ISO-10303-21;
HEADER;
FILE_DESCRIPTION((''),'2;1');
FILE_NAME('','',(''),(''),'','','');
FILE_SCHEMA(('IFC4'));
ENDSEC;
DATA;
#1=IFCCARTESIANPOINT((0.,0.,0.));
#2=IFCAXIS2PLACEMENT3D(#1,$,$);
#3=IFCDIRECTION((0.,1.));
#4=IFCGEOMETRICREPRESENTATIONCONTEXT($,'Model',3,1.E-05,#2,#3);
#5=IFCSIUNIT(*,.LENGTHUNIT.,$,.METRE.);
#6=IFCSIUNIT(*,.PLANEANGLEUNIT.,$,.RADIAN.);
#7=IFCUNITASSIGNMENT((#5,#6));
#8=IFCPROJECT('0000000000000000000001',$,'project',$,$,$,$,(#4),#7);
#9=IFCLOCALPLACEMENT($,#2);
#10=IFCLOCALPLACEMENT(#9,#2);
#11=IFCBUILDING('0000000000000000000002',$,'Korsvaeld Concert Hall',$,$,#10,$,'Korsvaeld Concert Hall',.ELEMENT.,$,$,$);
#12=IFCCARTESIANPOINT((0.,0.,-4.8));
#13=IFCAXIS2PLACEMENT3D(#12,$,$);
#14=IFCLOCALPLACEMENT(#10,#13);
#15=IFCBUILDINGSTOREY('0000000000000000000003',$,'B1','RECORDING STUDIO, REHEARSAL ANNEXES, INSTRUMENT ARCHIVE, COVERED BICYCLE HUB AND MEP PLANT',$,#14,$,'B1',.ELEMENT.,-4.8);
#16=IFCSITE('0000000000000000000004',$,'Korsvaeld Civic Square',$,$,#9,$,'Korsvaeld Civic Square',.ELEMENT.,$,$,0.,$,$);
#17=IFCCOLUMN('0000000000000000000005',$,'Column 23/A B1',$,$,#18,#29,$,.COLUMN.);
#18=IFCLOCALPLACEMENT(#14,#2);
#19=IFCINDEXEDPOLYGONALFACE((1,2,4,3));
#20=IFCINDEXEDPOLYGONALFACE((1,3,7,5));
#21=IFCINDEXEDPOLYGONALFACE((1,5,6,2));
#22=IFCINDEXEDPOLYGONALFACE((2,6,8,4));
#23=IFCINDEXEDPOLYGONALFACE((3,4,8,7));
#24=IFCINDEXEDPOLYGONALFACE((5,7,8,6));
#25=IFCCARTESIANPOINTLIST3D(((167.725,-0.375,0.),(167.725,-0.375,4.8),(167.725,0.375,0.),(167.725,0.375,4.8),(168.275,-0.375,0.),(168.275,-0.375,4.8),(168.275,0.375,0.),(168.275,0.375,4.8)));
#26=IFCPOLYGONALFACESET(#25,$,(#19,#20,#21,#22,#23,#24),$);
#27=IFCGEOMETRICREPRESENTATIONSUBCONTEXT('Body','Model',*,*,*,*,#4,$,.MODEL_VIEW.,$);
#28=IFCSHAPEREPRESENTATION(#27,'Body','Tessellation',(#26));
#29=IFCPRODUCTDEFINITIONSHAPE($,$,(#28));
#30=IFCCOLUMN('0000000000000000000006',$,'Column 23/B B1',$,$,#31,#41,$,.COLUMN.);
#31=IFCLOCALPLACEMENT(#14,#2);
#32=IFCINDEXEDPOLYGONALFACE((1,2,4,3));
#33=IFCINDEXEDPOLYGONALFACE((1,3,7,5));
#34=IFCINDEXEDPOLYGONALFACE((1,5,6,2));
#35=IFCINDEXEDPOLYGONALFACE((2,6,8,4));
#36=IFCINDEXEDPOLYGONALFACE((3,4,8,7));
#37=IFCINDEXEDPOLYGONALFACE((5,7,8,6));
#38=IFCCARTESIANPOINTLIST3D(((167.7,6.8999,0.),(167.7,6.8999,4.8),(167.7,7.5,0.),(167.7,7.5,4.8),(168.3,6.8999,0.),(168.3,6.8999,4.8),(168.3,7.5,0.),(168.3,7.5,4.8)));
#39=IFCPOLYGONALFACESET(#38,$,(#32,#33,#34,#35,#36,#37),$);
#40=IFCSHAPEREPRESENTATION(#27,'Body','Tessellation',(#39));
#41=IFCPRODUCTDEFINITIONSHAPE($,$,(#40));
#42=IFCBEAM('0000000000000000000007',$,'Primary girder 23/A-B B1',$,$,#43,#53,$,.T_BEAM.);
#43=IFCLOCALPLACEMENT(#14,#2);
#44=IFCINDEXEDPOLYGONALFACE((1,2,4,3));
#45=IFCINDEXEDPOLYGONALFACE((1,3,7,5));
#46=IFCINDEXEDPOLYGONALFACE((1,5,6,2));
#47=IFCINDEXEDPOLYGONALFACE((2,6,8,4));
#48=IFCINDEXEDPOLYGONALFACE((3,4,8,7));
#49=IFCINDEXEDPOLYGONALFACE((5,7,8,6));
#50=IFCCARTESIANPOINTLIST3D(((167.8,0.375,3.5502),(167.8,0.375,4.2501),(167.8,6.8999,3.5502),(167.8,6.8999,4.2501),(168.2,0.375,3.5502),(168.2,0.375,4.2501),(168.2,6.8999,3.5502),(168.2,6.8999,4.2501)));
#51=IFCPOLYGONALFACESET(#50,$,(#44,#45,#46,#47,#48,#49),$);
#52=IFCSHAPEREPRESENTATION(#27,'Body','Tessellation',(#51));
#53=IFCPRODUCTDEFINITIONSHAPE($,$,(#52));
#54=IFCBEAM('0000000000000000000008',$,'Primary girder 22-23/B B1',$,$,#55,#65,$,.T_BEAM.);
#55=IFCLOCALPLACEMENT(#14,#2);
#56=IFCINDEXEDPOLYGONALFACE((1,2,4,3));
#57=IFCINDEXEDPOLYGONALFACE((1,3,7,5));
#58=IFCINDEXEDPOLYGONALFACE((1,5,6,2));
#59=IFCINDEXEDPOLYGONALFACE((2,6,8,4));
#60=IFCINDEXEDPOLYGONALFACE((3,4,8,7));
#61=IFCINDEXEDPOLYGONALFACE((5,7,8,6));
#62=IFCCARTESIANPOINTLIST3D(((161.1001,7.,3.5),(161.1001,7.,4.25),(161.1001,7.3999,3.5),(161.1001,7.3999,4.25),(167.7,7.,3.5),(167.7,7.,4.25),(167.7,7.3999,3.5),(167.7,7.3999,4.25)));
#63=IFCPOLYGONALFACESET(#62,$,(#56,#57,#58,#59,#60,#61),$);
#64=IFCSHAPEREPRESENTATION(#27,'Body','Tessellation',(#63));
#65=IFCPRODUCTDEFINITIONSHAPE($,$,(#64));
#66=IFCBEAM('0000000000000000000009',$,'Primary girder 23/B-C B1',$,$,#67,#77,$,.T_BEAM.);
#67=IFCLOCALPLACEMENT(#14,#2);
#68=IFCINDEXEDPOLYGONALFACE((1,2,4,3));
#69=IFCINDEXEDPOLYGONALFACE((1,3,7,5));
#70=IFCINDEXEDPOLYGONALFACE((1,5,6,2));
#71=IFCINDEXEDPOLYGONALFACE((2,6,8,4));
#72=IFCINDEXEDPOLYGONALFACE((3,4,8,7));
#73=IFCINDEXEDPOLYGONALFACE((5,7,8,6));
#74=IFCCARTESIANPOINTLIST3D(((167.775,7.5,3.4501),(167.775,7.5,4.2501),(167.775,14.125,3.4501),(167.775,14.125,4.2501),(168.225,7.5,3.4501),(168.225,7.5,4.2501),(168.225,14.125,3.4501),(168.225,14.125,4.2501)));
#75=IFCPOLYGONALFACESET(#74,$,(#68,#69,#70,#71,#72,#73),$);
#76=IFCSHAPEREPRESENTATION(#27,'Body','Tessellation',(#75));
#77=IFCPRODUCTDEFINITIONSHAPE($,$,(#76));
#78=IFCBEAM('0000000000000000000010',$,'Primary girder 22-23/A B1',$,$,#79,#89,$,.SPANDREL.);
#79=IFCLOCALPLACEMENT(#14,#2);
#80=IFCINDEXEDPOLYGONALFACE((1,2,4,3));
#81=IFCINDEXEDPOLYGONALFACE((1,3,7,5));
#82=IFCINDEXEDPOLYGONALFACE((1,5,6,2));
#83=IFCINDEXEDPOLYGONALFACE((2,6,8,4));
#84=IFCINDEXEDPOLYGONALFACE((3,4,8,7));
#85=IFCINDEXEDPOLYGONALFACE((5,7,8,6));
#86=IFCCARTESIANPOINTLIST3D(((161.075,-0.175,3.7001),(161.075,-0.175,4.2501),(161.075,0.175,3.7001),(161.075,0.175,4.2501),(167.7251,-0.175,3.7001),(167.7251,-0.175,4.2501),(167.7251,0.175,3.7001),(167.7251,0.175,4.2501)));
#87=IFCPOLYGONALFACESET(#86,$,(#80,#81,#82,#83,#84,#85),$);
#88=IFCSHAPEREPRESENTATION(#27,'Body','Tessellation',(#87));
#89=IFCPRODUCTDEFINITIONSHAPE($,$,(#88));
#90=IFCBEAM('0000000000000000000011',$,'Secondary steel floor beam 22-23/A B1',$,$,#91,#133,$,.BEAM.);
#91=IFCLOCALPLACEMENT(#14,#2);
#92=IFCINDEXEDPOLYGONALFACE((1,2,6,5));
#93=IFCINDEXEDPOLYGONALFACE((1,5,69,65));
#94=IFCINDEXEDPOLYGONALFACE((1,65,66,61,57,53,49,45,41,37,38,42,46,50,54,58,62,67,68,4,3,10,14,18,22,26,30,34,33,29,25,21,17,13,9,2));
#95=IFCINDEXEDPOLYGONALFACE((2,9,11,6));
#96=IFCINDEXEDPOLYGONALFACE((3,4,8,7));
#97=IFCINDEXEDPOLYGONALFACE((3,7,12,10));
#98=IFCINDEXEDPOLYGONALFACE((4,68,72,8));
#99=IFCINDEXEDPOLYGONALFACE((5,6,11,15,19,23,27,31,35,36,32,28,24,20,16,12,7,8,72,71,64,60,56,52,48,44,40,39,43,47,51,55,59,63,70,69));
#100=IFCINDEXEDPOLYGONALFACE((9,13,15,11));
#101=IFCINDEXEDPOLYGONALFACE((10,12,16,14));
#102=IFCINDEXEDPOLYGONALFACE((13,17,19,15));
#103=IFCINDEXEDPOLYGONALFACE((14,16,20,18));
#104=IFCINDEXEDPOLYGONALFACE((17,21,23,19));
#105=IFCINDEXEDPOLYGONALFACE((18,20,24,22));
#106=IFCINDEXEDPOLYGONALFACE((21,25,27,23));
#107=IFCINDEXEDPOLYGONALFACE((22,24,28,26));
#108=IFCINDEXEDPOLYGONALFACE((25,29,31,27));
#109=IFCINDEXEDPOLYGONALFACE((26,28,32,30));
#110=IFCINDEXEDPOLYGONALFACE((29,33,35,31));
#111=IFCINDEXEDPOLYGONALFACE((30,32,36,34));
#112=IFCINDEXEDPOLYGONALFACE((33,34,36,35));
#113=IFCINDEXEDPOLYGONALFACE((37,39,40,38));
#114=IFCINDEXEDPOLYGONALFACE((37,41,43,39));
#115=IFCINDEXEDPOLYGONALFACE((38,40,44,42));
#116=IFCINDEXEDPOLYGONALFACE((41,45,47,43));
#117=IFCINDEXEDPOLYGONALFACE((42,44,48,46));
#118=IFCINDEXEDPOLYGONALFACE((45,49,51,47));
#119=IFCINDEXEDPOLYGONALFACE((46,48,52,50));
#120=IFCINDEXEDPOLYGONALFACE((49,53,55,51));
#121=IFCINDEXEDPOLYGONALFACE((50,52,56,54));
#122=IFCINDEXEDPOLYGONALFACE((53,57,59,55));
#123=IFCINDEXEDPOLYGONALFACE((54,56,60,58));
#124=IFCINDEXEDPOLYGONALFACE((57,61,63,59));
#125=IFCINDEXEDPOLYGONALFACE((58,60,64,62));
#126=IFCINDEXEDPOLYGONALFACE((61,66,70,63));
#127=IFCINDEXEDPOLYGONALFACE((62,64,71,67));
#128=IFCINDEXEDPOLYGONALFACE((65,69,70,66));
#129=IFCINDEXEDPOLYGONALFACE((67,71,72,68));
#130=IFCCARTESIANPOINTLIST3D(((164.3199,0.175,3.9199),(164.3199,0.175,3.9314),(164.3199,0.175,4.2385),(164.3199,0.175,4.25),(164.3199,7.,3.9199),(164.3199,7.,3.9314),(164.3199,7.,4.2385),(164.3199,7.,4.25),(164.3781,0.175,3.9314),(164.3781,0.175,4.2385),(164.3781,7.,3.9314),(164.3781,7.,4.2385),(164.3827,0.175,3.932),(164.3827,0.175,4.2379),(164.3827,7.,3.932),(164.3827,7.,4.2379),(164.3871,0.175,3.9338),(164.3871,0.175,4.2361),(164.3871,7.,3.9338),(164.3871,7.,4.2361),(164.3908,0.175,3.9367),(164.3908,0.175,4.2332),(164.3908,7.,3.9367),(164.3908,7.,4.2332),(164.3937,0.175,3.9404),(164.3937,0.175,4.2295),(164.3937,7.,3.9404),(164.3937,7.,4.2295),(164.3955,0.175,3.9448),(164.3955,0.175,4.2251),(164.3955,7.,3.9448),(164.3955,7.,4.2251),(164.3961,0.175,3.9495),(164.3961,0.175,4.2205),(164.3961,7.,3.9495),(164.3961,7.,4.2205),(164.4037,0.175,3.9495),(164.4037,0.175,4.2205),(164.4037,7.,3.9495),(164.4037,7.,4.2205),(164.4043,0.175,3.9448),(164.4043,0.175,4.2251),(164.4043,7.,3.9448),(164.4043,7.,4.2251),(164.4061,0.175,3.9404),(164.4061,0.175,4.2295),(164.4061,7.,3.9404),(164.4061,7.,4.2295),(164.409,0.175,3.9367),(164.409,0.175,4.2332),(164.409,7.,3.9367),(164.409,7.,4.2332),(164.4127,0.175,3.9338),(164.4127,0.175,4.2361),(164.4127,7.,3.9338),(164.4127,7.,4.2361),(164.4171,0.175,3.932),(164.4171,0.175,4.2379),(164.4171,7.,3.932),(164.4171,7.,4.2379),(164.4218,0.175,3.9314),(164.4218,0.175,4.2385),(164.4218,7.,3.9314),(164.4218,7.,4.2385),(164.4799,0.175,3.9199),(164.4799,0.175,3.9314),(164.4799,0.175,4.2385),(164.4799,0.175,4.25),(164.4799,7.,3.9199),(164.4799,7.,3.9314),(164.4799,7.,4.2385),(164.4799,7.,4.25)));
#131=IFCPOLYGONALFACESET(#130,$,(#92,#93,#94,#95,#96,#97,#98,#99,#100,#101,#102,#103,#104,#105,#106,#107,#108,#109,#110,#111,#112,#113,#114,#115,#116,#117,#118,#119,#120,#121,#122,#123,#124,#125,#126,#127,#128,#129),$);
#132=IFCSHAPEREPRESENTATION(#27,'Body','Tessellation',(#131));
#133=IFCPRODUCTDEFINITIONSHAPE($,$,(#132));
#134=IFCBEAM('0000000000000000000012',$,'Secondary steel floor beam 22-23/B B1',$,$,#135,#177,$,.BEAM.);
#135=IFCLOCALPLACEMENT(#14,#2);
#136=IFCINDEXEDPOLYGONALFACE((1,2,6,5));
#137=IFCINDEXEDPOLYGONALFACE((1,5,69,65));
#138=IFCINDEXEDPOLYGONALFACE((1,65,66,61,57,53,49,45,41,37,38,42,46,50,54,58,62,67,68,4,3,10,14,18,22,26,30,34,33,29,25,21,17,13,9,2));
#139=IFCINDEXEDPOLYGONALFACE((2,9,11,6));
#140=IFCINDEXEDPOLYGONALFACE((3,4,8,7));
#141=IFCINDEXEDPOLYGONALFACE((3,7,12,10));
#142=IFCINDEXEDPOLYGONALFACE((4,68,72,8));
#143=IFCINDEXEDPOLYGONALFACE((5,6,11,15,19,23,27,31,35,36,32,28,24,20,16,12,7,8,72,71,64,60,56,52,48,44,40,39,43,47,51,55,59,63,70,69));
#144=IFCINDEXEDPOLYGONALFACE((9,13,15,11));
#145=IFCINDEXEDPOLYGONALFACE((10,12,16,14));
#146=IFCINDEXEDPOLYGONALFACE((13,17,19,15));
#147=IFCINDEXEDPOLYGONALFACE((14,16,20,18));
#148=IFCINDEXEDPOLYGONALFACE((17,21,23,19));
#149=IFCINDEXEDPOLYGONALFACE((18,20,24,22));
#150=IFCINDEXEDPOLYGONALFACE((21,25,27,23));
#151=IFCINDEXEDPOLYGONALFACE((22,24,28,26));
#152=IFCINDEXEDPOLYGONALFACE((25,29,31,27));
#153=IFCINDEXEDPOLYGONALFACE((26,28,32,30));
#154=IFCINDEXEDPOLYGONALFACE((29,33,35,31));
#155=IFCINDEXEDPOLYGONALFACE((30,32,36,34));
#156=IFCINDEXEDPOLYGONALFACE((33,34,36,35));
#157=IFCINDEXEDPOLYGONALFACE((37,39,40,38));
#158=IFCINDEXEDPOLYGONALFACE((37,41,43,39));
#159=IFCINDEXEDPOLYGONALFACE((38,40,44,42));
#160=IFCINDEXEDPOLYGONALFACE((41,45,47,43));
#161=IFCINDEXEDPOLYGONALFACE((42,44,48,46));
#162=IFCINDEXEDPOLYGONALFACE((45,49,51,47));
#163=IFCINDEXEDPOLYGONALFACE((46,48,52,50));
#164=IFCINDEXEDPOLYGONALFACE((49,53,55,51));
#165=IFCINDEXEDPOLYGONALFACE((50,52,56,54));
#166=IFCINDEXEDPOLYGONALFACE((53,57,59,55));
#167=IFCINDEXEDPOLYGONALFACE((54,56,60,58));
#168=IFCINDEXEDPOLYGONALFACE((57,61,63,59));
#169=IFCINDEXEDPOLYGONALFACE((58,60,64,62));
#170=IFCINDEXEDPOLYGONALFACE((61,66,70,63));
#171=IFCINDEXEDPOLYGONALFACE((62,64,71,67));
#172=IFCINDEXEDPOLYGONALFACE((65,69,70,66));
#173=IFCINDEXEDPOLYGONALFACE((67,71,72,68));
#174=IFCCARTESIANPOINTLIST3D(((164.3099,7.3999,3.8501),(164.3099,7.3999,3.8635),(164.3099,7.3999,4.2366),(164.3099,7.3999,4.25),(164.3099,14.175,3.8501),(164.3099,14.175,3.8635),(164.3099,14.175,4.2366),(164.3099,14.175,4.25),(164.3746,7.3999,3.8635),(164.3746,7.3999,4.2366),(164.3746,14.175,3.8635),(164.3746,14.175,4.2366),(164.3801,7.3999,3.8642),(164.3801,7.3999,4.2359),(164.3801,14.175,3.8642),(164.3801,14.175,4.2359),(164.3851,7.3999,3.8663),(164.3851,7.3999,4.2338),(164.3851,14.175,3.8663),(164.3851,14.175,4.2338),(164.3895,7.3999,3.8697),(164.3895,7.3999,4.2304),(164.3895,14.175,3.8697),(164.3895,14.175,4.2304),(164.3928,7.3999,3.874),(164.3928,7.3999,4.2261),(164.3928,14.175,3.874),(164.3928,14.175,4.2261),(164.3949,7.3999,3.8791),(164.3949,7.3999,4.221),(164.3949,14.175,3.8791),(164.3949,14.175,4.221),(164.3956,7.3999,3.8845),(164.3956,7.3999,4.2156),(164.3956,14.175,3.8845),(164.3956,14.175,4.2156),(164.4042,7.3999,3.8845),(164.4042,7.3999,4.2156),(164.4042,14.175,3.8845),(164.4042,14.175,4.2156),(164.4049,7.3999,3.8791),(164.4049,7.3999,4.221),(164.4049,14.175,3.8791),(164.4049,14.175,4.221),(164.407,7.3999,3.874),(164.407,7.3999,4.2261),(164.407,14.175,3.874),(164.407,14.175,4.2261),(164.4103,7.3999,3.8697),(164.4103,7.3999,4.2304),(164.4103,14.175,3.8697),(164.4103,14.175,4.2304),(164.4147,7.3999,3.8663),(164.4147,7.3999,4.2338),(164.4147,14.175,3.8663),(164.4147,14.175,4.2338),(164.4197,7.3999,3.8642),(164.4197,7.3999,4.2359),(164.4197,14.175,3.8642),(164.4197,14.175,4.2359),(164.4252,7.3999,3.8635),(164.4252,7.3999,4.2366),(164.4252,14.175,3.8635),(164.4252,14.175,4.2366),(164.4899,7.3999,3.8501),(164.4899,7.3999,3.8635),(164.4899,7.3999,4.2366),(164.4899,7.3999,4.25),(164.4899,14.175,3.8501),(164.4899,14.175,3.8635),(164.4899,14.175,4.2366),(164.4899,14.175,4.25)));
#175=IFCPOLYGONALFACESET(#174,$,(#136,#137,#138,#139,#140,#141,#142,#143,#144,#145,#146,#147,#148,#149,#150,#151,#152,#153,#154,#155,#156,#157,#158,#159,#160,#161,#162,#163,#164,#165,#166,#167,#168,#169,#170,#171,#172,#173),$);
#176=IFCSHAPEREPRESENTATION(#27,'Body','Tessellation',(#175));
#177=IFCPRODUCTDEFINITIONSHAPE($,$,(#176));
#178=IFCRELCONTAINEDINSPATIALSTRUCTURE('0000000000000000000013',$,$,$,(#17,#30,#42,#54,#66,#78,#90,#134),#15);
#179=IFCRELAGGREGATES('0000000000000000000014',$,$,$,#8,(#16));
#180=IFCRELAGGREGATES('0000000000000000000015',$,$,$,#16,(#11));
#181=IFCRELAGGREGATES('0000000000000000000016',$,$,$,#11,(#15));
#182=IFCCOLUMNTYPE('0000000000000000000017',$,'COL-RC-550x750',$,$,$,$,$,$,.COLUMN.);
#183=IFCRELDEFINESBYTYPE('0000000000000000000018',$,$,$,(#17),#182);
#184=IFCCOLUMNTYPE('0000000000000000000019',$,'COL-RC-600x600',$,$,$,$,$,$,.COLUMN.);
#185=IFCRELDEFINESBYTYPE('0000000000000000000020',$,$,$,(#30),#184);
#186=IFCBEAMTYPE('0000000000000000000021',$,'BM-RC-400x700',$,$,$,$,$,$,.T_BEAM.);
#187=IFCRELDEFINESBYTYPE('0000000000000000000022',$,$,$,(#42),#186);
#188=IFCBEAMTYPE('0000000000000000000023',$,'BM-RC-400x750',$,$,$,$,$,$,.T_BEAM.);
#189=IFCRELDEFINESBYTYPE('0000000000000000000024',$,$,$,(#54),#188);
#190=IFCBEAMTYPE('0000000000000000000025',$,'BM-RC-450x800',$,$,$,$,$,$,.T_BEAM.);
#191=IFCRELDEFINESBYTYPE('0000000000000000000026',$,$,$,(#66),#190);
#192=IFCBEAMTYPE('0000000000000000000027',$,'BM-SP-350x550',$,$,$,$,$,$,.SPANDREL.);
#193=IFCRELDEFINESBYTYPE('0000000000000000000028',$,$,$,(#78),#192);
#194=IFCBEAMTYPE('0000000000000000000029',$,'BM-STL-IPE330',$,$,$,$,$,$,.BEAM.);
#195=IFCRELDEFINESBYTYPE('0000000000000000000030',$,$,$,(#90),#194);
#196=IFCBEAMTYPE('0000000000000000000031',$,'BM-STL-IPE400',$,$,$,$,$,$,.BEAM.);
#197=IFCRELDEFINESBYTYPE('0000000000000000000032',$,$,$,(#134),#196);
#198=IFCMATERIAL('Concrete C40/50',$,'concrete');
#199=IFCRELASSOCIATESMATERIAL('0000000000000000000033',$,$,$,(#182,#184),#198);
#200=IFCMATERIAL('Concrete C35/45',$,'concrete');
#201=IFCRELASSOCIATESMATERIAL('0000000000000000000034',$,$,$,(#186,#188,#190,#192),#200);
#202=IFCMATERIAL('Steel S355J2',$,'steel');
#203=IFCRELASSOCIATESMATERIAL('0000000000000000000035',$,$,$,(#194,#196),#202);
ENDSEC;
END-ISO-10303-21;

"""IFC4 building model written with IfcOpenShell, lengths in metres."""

from ifc_helpers import new_model, si_unit, direction, frame, origin, origin_2d, place, context, subcontext, project, spatial, rectangle, i_section, extrude, material, material_profile, profile_set, type_object, element, save


model = new_model("IFC4")

# Units and contexts
model_context = context("Model", 3, precision=1e-05, world=origin(), true_north=direction((0.0, 1.0)))
body_context = subcontext(model_context, "Body", "Model", "MODEL_VIEW")
ifc_project = project(units=[si_unit("LENGTHUNIT", "METRE"), si_unit("PLANEANGLEUNIT", "RADIAN")], contexts=[model_context])

# Site, building, storey
site_placement = place(None, origin())
site = spatial("IfcSite", under=ifc_project, at=site_placement, Name="Korsvaeld Civic Square", LongName="Korsvaeld Civic Square", CompositionType="ELEMENT", RefElevation=0.0)
building_placement = place(site_placement, origin())
building = spatial("IfcBuilding", under=site, at=building_placement, Name="Korsvaeld Concert Hall", LongName="Korsvaeld Concert Hall", CompositionType="ELEMENT")
storey_placement = place(building_placement, frame((0.0, 0.0, -4.8)))
storey = spatial("IfcBuildingStorey", under=building, at=storey_placement, Name="B1", Description="RECORDING STUDIO, REHEARSAL ANNEXES, INSTRUMENT ARCHIVE, COVERED BICYCLE HUB AND MEP PLANT", LongName="B1", CompositionType="ELEMENT", Elevation=-4.8)

# Shared definitions
ifc_material_1 = material(Name="Concrete C35/45", Category="concrete")

# Columns
ifc_material_2 = material(Name="Concrete C40/50", Category="concrete")
ifc_material_profile_1 = material_profile(ifc_material_2, rectangle(XDim=0.55, YDim=0.75, at=origin_2d()), Name="RC 550x750")
ifc_profile_set_1 = profile_set([ifc_material_profile_1], Name="Concrete C40/50")
column_type_1 = type_object("IfcColumnType", Name="COL-RC-550x750", PredefinedType="COLUMN", material=ifc_profile_set_1)
column_1_placement = place(storey_placement, frame((168.0, 0.0, 0.0), z_axis=(0.0, 0.0, 1.0), x_axis=(1.0, 0.0, 0.0)))
element("IfcColumn", 1, at=column_1_placement, inside=storey, type_object=column_type_1, Name="Column 23/A B1", PredefinedType="COLUMN", context=body_context, shape_type="SweptSolid", body=[
    extrude(rectangle(XDim=0.55, YDim=0.75, at=origin_2d()), origin(), (0.0, 0.0, 1.0), 4.8),
])
ifc_material_profile_2 = material_profile(ifc_material_2, rectangle(XDim=0.6001, YDim=0.6001, at=origin_2d()), Name="RC 600x600")
ifc_profile_set_2 = profile_set([ifc_material_profile_2], Name="Concrete C40/50")
column_type_2 = type_object("IfcColumnType", Name="COL-RC-600x600", PredefinedType="COLUMN", material=ifc_profile_set_2)
column_2_placement = place(storey_placement, frame((168.0, 7.2, 0.0), z_axis=(0.0, 0.0, 1.0), x_axis=(1.0, 0.0, 0.0)))
element("IfcColumn", 2, at=column_2_placement, inside=storey, type_object=column_type_2, Name="Column 23/B B1", PredefinedType="COLUMN", context=body_context, shape_type="SweptSolid", body=[
    extrude(rectangle(XDim=0.6001, YDim=0.6001, at=origin_2d()), origin(), (0.0, 0.0, 1.0), 4.8),
])

# Beams
ifc_material_profile_3 = material_profile(ifc_material_1, rectangle(XDim=0.3999, YDim=0.7, at=origin_2d()), Name="RC 400x700")
ifc_profile_set_3 = profile_set([ifc_material_profile_3], Name="Concrete C35/45")
beam_type_1 = type_object("IfcBeamType", Name="BM-RC-400x700", PredefinedType="T_BEAM", material=ifc_profile_set_3)
beam_1_placement = place(storey_placement, frame((168.0, 0.375, 3.9001), z_axis=(0.0, 1.0, 0.0), x_axis=(-1.0, 0.0, 0.0)))
element("IfcBeam", 3, at=beam_1_placement, inside=storey, type_object=beam_type_1, Name="Primary girder 23/A-B B1", PredefinedType="T_BEAM", context=body_context, shape_type="SweptSolid", body=[
    extrude(rectangle(XDim=0.3999, YDim=0.7, at=origin_2d()), origin(), (0.0, 0.0, 1.0), 6.5249),
])
ifc_material_profile_4 = material_profile(ifc_material_1, rectangle(XDim=0.3999, YDim=0.75, at=origin_2d()), Name="RC 400x750")
ifc_profile_set_4 = profile_set([ifc_material_profile_4], Name="Concrete C35/45")
beam_type_2 = type_object("IfcBeamType", Name="BM-RC-400x750", PredefinedType="T_BEAM", material=ifc_profile_set_4)
beam_2_placement = place(storey_placement, frame((161.1001, 7.2, 3.875), z_axis=(1.0, 0.0, 0.0), x_axis=(0.0, 1.0, 0.0)))
element("IfcBeam", 4, at=beam_2_placement, inside=storey, type_object=beam_type_2, Name="Primary girder 22-23/B B1", PredefinedType="T_BEAM", context=body_context, shape_type="SweptSolid", body=[
    extrude(rectangle(XDim=0.3999, YDim=0.75, at=origin_2d()), origin(), (0.0, 0.0, 1.0), 6.5999),
])
ifc_material_profile_5 = material_profile(ifc_material_1, rectangle(XDim=0.45, YDim=0.8, at=origin_2d()), Name="RC 450x800")
ifc_profile_set_5 = profile_set([ifc_material_profile_5], Name="Concrete C35/45")
beam_type_3 = type_object("IfcBeamType", Name="BM-RC-450x800", PredefinedType="T_BEAM", material=ifc_profile_set_5)
beam_3_placement = place(storey_placement, frame((168.0, 7.5, 3.8501), z_axis=(0.0, 1.0, 0.0), x_axis=(-1.0, 0.0, 0.0)))
element("IfcBeam", 5, at=beam_3_placement, inside=storey, type_object=beam_type_3, Name="Primary girder 23/B-C B1", PredefinedType="T_BEAM", context=body_context, shape_type="SweptSolid", body=[
    extrude(rectangle(XDim=0.45, YDim=0.8, at=origin_2d()), origin(), (0.0, 0.0, 1.0), 6.625),
])
ifc_material_profile_6 = material_profile(ifc_material_1, rectangle(XDim=0.3501, YDim=0.55, at=origin_2d()), Name="RC 350x550")
ifc_profile_set_6 = profile_set([ifc_material_profile_6], Name="Concrete C35/45")
beam_type_4 = type_object("IfcBeamType", Name="BM-SP-350x550", PredefinedType="SPANDREL", material=ifc_profile_set_6)
beam_4_placement = place(storey_placement, frame((161.075, 0.0, 3.9751), z_axis=(1.0, 0.0, 0.0), x_axis=(0.0, 1.0, 0.0)))
element("IfcBeam", 6, at=beam_4_placement, inside=storey, type_object=beam_type_4, Name="Primary girder 22-23/A B1", PredefinedType="SPANDREL", context=body_context, shape_type="SweptSolid", body=[
    extrude(rectangle(XDim=0.3501, YDim=0.55, at=origin_2d()), origin(), (0.0, 0.0, 1.0), 6.6501),
])
ifc_material_3 = material(Name="Steel S355J2", Category="steel")
ifc_material_profile_7 = material_profile(ifc_material_3, i_section(OverallWidth=0.1599, OverallDepth=0.3301, WebThickness=0.0076, FlangeThickness=0.0115, FilletRadius=0.0181, at=origin_2d()), Name="IPE 330")
ifc_profile_set_7 = profile_set([ifc_material_profile_7], Name="Steel S355J2")
beam_type_5 = type_object("IfcBeamType", Name="BM-STL-IPE330", PredefinedType="BEAM", material=ifc_profile_set_7)
beam_5_placement = place(storey_placement, frame((164.3999, 0.175, 4.085), z_axis=(0.0, 1.0, 0.0), x_axis=(-1.0, 0.0, 0.0)))
element("IfcBeam", 7, at=beam_5_placement, inside=storey, type_object=beam_type_5, Name="Secondary steel floor beam 22-23/A B1", PredefinedType="BEAM", context=body_context, shape_type="SweptSolid", body=[
    extrude(i_section(OverallWidth=0.1599, OverallDepth=0.3301, WebThickness=0.0076, FlangeThickness=0.0115, FilletRadius=0.0181, at=origin_2d()), origin(), (0.0, 0.0, 1.0), 6.825),
])
ifc_material_profile_8 = material_profile(ifc_material_3, i_section(OverallWidth=0.1799, OverallDepth=0.3999, WebThickness=0.0085, FlangeThickness=0.0134, FilletRadius=0.021, at=origin_2d()), Name="IPE 400")
ifc_profile_set_8 = profile_set([ifc_material_profile_8], Name="Steel S355J2")
beam_type_6 = type_object("IfcBeamType", Name="BM-STL-IPE400", PredefinedType="BEAM", material=ifc_profile_set_8)
beam_6_placement = place(storey_placement, frame((164.3999, 7.3999, 4.05), z_axis=(0.0, 1.0, 0.0), x_axis=(-1.0, 0.0, 0.0)))
element("IfcBeam", 8, at=beam_6_placement, inside=storey, type_object=beam_type_6, Name="Secondary steel floor beam 22-23/B B1", PredefinedType="BEAM", context=body_context, shape_type="SweptSolid", body=[
    extrude(i_section(OverallWidth=0.1799, OverallDepth=0.3999, WebThickness=0.0085, FlangeThickness=0.0134, FilletRadius=0.021, at=origin_2d()), origin(), (0.0, 0.0, 1.0), 6.7751),
])

save(model, "model.ifc")
